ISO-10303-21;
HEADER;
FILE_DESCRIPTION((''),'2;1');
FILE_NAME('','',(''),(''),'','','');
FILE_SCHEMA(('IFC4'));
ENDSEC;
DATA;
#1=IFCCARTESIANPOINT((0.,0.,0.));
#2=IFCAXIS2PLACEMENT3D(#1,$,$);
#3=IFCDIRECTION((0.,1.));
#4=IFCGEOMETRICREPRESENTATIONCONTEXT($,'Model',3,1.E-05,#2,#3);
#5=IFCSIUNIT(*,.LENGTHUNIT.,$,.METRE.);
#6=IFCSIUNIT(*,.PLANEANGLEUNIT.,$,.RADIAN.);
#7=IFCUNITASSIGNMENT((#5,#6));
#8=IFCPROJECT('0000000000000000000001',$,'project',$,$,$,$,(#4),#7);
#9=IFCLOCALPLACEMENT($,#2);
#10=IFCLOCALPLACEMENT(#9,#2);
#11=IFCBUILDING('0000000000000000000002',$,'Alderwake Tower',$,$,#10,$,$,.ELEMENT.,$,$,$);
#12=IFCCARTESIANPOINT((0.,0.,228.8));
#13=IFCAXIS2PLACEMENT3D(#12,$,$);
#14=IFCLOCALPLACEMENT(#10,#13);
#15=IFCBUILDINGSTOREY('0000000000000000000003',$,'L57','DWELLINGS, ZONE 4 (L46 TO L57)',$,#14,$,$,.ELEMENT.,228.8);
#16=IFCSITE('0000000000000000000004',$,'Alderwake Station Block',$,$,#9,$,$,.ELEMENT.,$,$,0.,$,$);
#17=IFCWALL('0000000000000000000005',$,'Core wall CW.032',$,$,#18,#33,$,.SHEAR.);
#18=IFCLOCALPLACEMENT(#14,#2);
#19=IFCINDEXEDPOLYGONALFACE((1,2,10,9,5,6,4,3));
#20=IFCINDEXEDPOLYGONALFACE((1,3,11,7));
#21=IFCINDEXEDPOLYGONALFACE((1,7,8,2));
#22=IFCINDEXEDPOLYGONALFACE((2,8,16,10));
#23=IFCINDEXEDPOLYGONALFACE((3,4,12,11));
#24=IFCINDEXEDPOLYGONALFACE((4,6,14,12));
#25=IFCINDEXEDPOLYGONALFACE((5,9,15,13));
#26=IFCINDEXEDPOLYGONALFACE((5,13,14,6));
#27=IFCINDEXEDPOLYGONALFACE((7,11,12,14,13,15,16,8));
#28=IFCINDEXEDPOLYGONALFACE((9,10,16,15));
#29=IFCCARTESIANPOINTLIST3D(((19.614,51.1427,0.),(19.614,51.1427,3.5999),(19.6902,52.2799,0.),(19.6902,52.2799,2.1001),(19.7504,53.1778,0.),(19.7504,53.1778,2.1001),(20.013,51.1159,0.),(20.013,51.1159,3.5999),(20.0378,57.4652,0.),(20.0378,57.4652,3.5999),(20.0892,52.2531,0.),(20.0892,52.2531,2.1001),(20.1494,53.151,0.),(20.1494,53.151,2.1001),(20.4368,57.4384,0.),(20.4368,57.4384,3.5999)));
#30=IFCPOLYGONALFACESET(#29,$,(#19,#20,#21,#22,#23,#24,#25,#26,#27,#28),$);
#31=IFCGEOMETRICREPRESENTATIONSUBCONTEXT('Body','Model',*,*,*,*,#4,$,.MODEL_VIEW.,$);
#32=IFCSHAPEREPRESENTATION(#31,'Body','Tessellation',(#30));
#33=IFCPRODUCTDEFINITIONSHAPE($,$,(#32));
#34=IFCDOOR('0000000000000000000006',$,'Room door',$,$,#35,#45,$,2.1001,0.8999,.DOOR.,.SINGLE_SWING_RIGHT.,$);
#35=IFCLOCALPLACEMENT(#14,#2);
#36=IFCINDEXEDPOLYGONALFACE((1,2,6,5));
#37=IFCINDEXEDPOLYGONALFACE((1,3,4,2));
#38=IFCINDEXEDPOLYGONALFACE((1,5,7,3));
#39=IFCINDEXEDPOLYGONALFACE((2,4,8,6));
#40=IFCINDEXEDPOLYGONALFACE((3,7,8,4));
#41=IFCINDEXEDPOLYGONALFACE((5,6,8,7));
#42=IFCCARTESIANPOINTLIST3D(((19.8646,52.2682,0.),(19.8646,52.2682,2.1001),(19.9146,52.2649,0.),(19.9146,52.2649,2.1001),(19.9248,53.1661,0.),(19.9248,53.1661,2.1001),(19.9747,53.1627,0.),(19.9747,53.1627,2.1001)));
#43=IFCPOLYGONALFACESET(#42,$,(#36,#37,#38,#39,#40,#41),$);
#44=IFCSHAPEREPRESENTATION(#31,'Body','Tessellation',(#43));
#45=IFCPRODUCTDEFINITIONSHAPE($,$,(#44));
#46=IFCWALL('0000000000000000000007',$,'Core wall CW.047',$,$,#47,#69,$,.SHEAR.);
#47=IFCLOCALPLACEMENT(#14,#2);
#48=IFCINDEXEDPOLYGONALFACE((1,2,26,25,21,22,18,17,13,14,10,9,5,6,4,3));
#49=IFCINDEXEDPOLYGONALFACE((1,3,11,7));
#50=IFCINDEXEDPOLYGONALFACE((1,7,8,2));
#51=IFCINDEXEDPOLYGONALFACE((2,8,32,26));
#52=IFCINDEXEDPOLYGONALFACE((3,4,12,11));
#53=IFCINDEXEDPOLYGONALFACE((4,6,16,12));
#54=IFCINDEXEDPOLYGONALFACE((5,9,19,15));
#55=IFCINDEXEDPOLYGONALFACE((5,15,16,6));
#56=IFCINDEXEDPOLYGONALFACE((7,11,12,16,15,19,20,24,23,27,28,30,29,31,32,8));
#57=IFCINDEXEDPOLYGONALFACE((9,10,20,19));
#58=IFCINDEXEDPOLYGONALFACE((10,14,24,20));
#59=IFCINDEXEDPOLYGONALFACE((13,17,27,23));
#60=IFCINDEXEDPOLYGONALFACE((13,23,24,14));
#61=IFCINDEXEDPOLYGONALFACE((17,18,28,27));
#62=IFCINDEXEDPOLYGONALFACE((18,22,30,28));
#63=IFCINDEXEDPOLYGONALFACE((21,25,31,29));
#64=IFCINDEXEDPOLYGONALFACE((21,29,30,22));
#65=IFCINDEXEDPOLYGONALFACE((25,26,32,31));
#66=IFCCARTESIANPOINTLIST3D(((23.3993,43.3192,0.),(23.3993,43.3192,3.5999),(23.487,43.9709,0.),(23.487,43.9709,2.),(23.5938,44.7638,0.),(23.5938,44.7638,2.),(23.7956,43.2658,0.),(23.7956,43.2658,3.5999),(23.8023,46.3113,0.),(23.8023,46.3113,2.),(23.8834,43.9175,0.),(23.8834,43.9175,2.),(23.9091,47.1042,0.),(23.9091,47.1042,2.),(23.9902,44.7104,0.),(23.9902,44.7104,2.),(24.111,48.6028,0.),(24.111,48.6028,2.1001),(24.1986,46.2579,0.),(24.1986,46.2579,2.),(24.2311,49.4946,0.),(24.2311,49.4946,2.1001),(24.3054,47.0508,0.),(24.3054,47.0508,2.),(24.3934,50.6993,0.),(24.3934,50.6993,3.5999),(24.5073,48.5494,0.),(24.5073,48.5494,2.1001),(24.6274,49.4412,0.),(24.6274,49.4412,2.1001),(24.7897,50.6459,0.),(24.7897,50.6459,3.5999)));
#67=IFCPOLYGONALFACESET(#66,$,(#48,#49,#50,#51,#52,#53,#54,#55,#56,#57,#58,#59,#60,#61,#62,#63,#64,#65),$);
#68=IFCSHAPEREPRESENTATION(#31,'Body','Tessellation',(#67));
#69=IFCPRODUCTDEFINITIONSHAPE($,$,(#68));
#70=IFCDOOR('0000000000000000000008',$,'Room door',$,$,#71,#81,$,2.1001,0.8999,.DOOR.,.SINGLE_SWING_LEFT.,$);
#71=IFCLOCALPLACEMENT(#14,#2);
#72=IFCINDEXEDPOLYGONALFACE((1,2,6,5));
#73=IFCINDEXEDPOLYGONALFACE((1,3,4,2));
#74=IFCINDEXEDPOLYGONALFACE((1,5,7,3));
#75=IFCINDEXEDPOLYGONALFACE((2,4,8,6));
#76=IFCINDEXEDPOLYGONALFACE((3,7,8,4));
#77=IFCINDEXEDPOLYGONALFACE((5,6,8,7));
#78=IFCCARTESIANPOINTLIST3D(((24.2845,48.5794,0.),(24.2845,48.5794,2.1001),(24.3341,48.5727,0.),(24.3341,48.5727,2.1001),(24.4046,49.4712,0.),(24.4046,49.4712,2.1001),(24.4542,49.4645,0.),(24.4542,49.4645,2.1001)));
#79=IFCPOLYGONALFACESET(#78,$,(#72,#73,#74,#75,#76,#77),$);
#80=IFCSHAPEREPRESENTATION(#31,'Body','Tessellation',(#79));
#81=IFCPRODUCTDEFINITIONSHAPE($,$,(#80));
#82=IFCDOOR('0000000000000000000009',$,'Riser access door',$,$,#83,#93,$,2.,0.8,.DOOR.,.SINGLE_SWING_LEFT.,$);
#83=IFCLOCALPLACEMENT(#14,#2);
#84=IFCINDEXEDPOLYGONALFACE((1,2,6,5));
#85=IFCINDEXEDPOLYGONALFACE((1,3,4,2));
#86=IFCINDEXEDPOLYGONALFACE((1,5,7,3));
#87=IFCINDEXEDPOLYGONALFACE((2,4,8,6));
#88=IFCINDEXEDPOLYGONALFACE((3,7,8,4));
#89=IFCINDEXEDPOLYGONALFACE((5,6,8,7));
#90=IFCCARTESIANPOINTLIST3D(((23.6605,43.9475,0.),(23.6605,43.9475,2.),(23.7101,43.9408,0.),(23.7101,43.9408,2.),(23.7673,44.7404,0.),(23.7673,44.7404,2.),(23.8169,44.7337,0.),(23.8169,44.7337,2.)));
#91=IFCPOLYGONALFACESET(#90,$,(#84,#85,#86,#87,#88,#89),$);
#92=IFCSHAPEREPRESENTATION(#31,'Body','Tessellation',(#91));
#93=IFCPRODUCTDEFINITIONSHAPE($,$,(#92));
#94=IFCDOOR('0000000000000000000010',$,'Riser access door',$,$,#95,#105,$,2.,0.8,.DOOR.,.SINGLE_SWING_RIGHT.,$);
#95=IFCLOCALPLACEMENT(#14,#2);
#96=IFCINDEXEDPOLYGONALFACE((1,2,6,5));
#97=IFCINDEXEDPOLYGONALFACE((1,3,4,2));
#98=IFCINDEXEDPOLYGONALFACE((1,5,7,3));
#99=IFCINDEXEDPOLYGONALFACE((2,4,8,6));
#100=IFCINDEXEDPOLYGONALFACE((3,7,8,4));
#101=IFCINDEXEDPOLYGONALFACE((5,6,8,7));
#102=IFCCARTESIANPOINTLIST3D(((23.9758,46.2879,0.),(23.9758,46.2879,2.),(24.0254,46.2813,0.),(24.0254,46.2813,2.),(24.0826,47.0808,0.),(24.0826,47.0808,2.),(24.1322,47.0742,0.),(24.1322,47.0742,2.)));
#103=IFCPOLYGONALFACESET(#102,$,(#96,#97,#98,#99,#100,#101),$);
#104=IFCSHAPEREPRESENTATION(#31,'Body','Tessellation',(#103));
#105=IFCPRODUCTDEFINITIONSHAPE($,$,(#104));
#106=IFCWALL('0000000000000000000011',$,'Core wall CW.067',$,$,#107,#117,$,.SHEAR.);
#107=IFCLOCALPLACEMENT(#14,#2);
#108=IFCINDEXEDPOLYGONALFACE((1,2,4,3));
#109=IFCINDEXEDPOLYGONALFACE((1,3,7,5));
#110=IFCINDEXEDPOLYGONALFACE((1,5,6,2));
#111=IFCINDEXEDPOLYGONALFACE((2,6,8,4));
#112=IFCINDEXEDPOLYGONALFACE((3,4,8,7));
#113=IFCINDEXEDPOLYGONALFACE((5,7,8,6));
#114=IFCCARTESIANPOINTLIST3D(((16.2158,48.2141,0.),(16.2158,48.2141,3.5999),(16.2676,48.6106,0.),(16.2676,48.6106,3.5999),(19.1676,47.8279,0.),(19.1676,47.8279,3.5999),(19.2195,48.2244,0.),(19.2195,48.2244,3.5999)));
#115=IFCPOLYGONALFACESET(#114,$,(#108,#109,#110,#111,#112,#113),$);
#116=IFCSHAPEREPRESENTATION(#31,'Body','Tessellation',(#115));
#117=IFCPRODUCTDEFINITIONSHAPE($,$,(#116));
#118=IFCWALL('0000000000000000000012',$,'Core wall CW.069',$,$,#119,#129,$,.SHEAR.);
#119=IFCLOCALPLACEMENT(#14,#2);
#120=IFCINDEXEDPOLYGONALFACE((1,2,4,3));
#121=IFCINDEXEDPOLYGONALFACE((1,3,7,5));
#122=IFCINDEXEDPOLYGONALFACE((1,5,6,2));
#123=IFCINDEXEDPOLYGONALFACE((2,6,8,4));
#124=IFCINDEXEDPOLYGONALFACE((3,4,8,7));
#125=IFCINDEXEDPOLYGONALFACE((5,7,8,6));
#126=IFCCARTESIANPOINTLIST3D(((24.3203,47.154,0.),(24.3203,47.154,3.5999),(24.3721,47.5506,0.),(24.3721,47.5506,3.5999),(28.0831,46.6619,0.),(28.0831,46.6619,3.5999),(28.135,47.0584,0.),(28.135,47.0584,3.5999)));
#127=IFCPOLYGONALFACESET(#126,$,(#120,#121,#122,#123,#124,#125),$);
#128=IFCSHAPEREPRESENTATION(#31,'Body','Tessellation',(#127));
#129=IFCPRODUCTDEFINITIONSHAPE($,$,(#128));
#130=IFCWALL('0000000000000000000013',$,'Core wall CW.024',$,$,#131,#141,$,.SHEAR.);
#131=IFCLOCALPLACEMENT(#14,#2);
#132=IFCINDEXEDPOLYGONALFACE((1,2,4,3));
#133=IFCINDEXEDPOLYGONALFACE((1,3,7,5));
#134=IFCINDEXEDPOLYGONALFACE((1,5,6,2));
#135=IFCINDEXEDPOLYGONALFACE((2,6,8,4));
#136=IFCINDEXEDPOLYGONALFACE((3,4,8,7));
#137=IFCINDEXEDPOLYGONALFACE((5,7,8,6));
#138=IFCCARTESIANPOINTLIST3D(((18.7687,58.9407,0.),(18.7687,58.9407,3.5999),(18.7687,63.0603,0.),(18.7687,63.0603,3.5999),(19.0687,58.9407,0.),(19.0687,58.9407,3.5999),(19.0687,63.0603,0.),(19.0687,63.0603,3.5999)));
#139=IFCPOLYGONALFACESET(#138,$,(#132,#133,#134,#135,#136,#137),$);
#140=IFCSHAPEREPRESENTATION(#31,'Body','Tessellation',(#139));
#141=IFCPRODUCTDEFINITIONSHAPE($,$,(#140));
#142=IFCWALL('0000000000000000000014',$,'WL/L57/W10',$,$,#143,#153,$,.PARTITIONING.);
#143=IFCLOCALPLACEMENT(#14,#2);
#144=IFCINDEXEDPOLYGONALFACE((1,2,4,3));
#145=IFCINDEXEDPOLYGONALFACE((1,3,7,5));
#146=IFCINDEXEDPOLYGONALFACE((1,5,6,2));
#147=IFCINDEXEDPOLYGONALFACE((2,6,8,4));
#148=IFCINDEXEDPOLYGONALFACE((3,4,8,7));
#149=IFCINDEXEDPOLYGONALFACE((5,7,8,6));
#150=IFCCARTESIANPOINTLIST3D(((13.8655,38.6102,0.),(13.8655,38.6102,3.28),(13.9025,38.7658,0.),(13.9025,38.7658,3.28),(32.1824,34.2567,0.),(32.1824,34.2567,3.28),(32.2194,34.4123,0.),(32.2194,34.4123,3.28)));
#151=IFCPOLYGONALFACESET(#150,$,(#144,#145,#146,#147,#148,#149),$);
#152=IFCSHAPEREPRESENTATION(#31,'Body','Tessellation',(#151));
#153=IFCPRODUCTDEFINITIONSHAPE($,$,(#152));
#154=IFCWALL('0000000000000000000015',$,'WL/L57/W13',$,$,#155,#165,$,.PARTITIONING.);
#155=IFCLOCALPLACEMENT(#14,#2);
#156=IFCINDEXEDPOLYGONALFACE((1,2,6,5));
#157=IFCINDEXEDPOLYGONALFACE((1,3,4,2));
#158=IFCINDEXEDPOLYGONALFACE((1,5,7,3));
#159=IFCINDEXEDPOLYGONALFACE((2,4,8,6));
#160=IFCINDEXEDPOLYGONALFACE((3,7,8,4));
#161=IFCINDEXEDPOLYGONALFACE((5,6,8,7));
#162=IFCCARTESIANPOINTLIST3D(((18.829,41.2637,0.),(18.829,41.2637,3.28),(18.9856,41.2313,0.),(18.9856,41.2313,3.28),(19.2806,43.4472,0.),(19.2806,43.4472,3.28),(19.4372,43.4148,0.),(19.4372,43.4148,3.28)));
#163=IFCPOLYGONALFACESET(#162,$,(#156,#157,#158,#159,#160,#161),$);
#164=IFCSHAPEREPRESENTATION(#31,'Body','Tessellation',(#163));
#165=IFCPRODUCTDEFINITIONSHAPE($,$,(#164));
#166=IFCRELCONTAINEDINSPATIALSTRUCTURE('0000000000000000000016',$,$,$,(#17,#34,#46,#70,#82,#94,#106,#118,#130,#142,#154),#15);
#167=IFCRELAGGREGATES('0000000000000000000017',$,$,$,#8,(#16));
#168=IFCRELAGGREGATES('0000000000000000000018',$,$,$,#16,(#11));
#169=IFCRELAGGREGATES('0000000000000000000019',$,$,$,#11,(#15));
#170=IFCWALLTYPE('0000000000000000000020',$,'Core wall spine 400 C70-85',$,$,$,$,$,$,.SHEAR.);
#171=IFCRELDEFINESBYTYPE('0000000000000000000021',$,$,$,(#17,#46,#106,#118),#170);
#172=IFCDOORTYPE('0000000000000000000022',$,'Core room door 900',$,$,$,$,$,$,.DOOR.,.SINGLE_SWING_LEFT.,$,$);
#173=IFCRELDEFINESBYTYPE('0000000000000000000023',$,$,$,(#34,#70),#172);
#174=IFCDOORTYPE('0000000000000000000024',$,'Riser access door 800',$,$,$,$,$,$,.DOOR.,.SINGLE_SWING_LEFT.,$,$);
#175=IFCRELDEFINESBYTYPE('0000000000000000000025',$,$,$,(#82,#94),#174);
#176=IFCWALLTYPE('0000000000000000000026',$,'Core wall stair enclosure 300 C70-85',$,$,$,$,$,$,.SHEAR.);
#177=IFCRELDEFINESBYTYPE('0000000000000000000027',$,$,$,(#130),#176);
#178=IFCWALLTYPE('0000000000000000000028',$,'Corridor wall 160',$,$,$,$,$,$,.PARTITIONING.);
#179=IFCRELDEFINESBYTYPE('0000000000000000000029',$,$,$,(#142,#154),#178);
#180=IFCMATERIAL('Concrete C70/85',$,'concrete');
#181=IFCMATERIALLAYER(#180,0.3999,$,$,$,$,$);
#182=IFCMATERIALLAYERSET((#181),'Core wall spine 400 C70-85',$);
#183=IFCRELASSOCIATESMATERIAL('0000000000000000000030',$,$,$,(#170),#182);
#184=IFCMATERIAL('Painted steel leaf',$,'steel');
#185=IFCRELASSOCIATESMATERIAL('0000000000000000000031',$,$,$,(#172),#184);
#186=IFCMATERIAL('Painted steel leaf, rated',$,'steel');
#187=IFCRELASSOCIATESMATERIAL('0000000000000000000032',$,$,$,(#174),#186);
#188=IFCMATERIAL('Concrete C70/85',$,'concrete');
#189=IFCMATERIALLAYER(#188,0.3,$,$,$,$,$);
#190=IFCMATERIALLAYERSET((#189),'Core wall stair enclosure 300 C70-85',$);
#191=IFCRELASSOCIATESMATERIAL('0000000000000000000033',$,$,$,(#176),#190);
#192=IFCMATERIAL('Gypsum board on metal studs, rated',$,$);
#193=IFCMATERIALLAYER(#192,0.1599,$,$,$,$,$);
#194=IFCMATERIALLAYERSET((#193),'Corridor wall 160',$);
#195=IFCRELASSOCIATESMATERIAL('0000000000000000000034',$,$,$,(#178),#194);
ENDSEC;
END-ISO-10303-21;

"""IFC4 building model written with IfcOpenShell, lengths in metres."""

from ifc_helpers import new_model, si_unit, direction, frame, frame_2d, origin, place, context, subcontext, project, spatial, rectangle, extrude, material, layer, layer_set, type_object, element, fill, save


model = new_model("IFC4")

# Units and contexts
model_context = context("Model", 3, precision=1e-05, world=origin(), true_north=direction((0.0, 1.0)))
body_context = subcontext(model_context, "Body", "Model", "MODEL_VIEW")
ifc_project = project(units=[si_unit("LENGTHUNIT", "METRE"), si_unit("PLANEANGLEUNIT", "RADIAN")], contexts=[model_context])

# Site, building, storey
site_placement = place(None, origin())
site = spatial("IfcSite", under=ifc_project, at=site_placement, Name="Alderwake Station Block", CompositionType="ELEMENT", RefElevation=0.0)
building_placement = place(site_placement, origin())
building = spatial("IfcBuilding", under=site, at=building_placement, Name="Alderwake Tower", CompositionType="ELEMENT")
storey_placement = place(building_placement, frame((0.0, 0.0, 228.8)))
storey = spatial("IfcBuildingStorey", under=building, at=storey_placement, Name="L57", Description="DWELLINGS, ZONE 4 (L46 TO L57)", CompositionType="ELEMENT", Elevation=228.8)

# Shared definitions
ifc_material_1 = material(Name="Concrete C70/85", Category="concrete")
ifc_layer_1 = layer(ifc_material_1, 0.3999)
ifc_layer_set_1 = layer_set([ifc_layer_1], Name="Core wall spine 400 C70-85")
wall_type_1 = type_object("IfcWallType", Name="Core wall spine 400 C70-85", PredefinedType="SHEAR", material=ifc_layer_set_1)
ifc_material_2 = material(Name="Painted steel leaf", Category="steel")
door_type_1 = type_object("IfcDoorType", Name="Core room door 900", OperationType="SINGLE_SWING_LEFT", PredefinedType="DOOR", material=ifc_material_2)
ifc_material_3 = material(Name="Painted steel leaf, rated", Category="steel")
door_type_2 = type_object("IfcDoorType", Name="Riser access door 800", OperationType="SINGLE_SWING_LEFT", PredefinedType="DOOR", material=ifc_material_3)

# Wall, opening, door
wall_1_placement = place(storey_placement, frame((20.2373, 57.4519, 0.0), z_axis=(0.0, 0.0, 1.0), x_axis=(-0.066885, -0.997761, 0.0)))
wall_1 = element("IfcWall", 1, at=wall_1_placement, inside=storey, type_object=wall_type_1, Name="Core wall CW.032", PredefinedType="SHEAR", context=body_context, shape_type="SweptSolid", body=[
    extrude(rectangle(XDim=6.3367, YDim=0.3999, at=frame_2d((3.1685, 0.0))), origin(), (0.0, 0.0, 1.0), 3.5999),
])
opening_1_placement = place(wall_1_placement, frame((4.2971, 0.0, 0.0)))
opening_1 = element("IfcOpeningElement", 2, at=opening_1_placement, cuts=wall_1, PredefinedType="OPENING", context=body_context, shape_type="SweptSolid", body=[
    extrude(rectangle(XDim=0.8999, YDim=2.1001, at=frame_2d((0.45, 1.05))), frame((0.0, 0.21, 0.0), z_axis=(0.0, -1.0, 0.0), x_axis=(1.0, 0.0, 0.0)), (0.0, 0.0, 1.0), 0.4199),
])
door_1_placement = place(opening_1_placement, origin())
door_1 = element("IfcDoor", 3, at=door_1_placement, inside=storey, type_object=door_type_1, Name="Room door", OperationType="SINGLE_SWING_RIGHT", OverallHeight=2.1001, OverallWidth=0.8999, PredefinedType="DOOR", context=body_context, shape_type="SweptSolid", body=[
    extrude(rectangle(XDim=0.8999, YDim=2.1001, at=frame_2d((0.45, 1.05))), frame((0.0, 0.0249, 0.0), z_axis=(0.0, -1.0, 0.0), x_axis=(1.0, 0.0, 0.0)), (0.0, 0.0, 1.0), 0.05),
])
fill(opening_1, door_1)

# Wall, openings, doors
wall_2_placement = place(storey_placement, frame((23.5974, 43.2925, 0.0), z_axis=(0.0, 0.0, 1.0), x_axis=(0.133499, 0.991049, 0.0)))
wall_2 = element("IfcWall", 4, at=wall_2_placement, inside=storey, type_object=wall_type_1, Name="Core wall CW.047", PredefinedType="SHEAR", context=body_context, shape_type="SweptSolid", body=[
    extrude(rectangle(XDim=7.4468, YDim=0.3999, at=frame_2d((3.7234, 0.0))), origin(), (0.0, 0.0, 1.0), 3.5999),
])
opening_2_placement = place(wall_2_placement, frame((0.6577, 0.0, 0.0)))
opening_2 = element("IfcOpeningElement", 5, at=opening_2_placement, cuts=wall_2, PredefinedType="OPENING", context=body_context, shape_type="SweptSolid", body=[
    extrude(rectangle(XDim=0.8, YDim=2.0, at=frame_2d((0.3999, 1.0))), frame((0.0, 0.21, 0.0), z_axis=(0.0, -1.0, 0.0), x_axis=(1.0, 0.0, 0.0)), (0.0, 0.0, 1.0), 0.4199),
])
opening_3_placement = place(wall_2_placement, frame((3.0193, 0.0, 0.0)))
opening_3 = element("IfcOpeningElement", 6, at=opening_3_placement, cuts=wall_2, PredefinedType="OPENING", context=body_context, shape_type="SweptSolid", body=[
    extrude(rectangle(XDim=0.8, YDim=2.0, at=frame_2d((0.3999, 1.0))), frame((0.0, 0.21, 0.0), z_axis=(0.0, -1.0, 0.0), x_axis=(1.0, 0.0, 0.0)), (0.0, 0.0, 1.0), 0.4199),
])
opening_4_placement = place(wall_2_placement, frame((5.3313, 0.0, 0.0)))
opening_4 = element("IfcOpeningElement", 7, at=opening_4_placement, cuts=wall_2, PredefinedType="OPENING", context=body_context, shape_type="SweptSolid", body=[
    extrude(rectangle(XDim=0.8999, YDim=2.1001, at=frame_2d((0.45, 1.05))), frame((0.0, 0.21, 0.0), z_axis=(0.0, -1.0, 0.0), x_axis=(1.0, 0.0, 0.0)), (0.0, 0.0, 1.0), 0.4199),
])
door_2_placement = place(opening_4_placement, origin())
door_2 = element("IfcDoor", 8, at=door_2_placement, inside=storey, type_object=door_type_1, Name="Room door", OperationType="SINGLE_SWING_LEFT", OverallHeight=2.1001, OverallWidth=0.8999, PredefinedType="DOOR", context=body_context, shape_type="SweptSolid", body=[
    extrude(rectangle(XDim=0.8999, YDim=2.1001, at=frame_2d((0.45, 1.05))), frame((0.0, 0.0249, 0.0), z_axis=(0.0, -1.0, 0.0), x_axis=(1.0, 0.0, 0.0)), (0.0, 0.0, 1.0), 0.05),
])
fill(opening_4, door_2)
door_3_placement = place(opening_2_placement, origin())
door_3 = element("IfcDoor", 9, at=door_3_placement, inside=storey, type_object=door_type_2, Name="Riser access door", OperationType="SINGLE_SWING_LEFT", OverallHeight=2.0, OverallWidth=0.8, PredefinedType="DOOR", context=body_context, shape_type="SweptSolid", body=[
    extrude(rectangle(XDim=0.8, YDim=2.0, at=frame_2d((0.3999, 1.0))), frame((0.0, 0.0249, 0.0), z_axis=(0.0, -1.0, 0.0), x_axis=(1.0, 0.0, 0.0)), (0.0, 0.0, 1.0), 0.05),
])
fill(opening_2, door_3)
door_4_placement = place(opening_3_placement, origin())
door_4 = element("IfcDoor", 10, at=door_4_placement, inside=storey, type_object=door_type_2, Name="Riser access door", OperationType="SINGLE_SWING_RIGHT", OverallHeight=2.0, OverallWidth=0.8, PredefinedType="DOOR", context=body_context, shape_type="SweptSolid", body=[
    extrude(rectangle(XDim=0.8, YDim=2.0, at=frame_2d((0.3999, 1.0))), frame((0.0, 0.0249, 0.0), z_axis=(0.0, -1.0, 0.0), x_axis=(1.0, 0.0, 0.0)), (0.0, 0.0, 1.0), 0.05),
])
fill(opening_3, door_4)

# Walls
wall_3_placement = place(storey_placement, frame((16.2417, 48.4124, 0.0), z_axis=(0.0, 0.0, 1.0), x_axis=(0.991549, -0.129735, 0.0)))
element("IfcWall", 11, at=wall_3_placement, inside=storey, type_object=wall_type_1, Name="Core wall CW.067", PredefinedType="SHEAR", context=body_context, shape_type="SweptSolid", body=[
    extrude(rectangle(XDim=2.9771, YDim=0.3999, at=frame_2d((1.4885, 0.0))), origin(), (0.0, 0.0, 1.0), 3.5999),
])
wall_4_placement = place(storey_placement, frame((24.3462, 47.3523, 0.0), z_axis=(0.0, 0.0, 1.0), x_axis=(0.991554, -0.129694, 0.0)))
element("IfcWall", 12, at=wall_4_placement, inside=storey, type_object=wall_type_1, Name="Core wall CW.069", PredefinedType="SHEAR", context=body_context, shape_type="SweptSolid", body=[
    extrude(rectangle(XDim=3.7949, YDim=0.3999, at=frame_2d((1.8975, 0.0))), origin(), (0.0, 0.0, 1.0), 3.5999),
])
ifc_material_4 = material(Name="Concrete C70/85", Category="concrete")
ifc_layer_2 = layer(ifc_material_4, 0.3)
ifc_layer_set_2 = layer_set([ifc_layer_2], Name="Core wall stair enclosure 300 C70-85")
wall_type_2 = type_object("IfcWallType", Name="Core wall stair enclosure 300 C70-85", PredefinedType="SHEAR", material=ifc_layer_set_2)
wall_5_placement = place(storey_placement, frame((18.9187, 58.9407, 0.0), z_axis=(0.0, 0.0, 1.0), x_axis=(0.0, 1.0, 0.0)))
element("IfcWall", 13, at=wall_5_placement, inside=storey, type_object=wall_type_2, Name="Core wall CW.024", PredefinedType="SHEAR", context=body_context, shape_type="SweptSolid", body=[
    extrude(rectangle(XDim=4.1196, YDim=0.3, at=frame_2d((2.0598, 0.0))), origin(), (0.0, 0.0, 1.0), 3.5999),
])
ifc_material_5 = material(Name="Gypsum board on metal studs, rated")
ifc_layer_3 = layer(ifc_material_5, 0.1599)
ifc_layer_set_3 = layer_set([ifc_layer_3], Name="Corridor wall 160")
wall_type_3 = type_object("IfcWallType", Name="Corridor wall 160", PredefinedType="PARTITIONING", material=ifc_layer_set_3)
wall_6_placement = place(storey_placement, frame((13.884, 38.688, 0.0), z_axis=(0.0, 0.0, 1.0), x_axis=(0.972898, -0.231236, 0.0)))
element("IfcWall", 14, at=wall_6_placement, inside=storey, type_object=wall_type_3, Name="WL/L57/W10", PredefinedType="PARTITIONING", context=body_context, shape_type="SweptSolid", body=[
    extrude(rectangle(XDim=18.8271, YDim=0.1599, at=frame_2d((9.4136, 0.0))), origin(), (0.0, 0.0, 1.0), 3.28),
])
wall_7_placement = place(storey_placement, frame((19.3589, 43.4309, 0.0), z_axis=(0.0, 0.0, 1.0), x_axis=(-0.202555, -0.979271, 0.0)))
element("IfcWall", 15, at=wall_7_placement, inside=storey, type_object=wall_type_3, Name="WL/L57/W13", PredefinedType="PARTITIONING", context=body_context, shape_type="SweptSolid", body=[
    extrude(rectangle(XDim=2.2297, YDim=0.1599, at=frame_2d((1.1147, 0.0))), origin(), (0.0, 0.0, 1.0), 3.28),
])

save(model, "model.ifc")
